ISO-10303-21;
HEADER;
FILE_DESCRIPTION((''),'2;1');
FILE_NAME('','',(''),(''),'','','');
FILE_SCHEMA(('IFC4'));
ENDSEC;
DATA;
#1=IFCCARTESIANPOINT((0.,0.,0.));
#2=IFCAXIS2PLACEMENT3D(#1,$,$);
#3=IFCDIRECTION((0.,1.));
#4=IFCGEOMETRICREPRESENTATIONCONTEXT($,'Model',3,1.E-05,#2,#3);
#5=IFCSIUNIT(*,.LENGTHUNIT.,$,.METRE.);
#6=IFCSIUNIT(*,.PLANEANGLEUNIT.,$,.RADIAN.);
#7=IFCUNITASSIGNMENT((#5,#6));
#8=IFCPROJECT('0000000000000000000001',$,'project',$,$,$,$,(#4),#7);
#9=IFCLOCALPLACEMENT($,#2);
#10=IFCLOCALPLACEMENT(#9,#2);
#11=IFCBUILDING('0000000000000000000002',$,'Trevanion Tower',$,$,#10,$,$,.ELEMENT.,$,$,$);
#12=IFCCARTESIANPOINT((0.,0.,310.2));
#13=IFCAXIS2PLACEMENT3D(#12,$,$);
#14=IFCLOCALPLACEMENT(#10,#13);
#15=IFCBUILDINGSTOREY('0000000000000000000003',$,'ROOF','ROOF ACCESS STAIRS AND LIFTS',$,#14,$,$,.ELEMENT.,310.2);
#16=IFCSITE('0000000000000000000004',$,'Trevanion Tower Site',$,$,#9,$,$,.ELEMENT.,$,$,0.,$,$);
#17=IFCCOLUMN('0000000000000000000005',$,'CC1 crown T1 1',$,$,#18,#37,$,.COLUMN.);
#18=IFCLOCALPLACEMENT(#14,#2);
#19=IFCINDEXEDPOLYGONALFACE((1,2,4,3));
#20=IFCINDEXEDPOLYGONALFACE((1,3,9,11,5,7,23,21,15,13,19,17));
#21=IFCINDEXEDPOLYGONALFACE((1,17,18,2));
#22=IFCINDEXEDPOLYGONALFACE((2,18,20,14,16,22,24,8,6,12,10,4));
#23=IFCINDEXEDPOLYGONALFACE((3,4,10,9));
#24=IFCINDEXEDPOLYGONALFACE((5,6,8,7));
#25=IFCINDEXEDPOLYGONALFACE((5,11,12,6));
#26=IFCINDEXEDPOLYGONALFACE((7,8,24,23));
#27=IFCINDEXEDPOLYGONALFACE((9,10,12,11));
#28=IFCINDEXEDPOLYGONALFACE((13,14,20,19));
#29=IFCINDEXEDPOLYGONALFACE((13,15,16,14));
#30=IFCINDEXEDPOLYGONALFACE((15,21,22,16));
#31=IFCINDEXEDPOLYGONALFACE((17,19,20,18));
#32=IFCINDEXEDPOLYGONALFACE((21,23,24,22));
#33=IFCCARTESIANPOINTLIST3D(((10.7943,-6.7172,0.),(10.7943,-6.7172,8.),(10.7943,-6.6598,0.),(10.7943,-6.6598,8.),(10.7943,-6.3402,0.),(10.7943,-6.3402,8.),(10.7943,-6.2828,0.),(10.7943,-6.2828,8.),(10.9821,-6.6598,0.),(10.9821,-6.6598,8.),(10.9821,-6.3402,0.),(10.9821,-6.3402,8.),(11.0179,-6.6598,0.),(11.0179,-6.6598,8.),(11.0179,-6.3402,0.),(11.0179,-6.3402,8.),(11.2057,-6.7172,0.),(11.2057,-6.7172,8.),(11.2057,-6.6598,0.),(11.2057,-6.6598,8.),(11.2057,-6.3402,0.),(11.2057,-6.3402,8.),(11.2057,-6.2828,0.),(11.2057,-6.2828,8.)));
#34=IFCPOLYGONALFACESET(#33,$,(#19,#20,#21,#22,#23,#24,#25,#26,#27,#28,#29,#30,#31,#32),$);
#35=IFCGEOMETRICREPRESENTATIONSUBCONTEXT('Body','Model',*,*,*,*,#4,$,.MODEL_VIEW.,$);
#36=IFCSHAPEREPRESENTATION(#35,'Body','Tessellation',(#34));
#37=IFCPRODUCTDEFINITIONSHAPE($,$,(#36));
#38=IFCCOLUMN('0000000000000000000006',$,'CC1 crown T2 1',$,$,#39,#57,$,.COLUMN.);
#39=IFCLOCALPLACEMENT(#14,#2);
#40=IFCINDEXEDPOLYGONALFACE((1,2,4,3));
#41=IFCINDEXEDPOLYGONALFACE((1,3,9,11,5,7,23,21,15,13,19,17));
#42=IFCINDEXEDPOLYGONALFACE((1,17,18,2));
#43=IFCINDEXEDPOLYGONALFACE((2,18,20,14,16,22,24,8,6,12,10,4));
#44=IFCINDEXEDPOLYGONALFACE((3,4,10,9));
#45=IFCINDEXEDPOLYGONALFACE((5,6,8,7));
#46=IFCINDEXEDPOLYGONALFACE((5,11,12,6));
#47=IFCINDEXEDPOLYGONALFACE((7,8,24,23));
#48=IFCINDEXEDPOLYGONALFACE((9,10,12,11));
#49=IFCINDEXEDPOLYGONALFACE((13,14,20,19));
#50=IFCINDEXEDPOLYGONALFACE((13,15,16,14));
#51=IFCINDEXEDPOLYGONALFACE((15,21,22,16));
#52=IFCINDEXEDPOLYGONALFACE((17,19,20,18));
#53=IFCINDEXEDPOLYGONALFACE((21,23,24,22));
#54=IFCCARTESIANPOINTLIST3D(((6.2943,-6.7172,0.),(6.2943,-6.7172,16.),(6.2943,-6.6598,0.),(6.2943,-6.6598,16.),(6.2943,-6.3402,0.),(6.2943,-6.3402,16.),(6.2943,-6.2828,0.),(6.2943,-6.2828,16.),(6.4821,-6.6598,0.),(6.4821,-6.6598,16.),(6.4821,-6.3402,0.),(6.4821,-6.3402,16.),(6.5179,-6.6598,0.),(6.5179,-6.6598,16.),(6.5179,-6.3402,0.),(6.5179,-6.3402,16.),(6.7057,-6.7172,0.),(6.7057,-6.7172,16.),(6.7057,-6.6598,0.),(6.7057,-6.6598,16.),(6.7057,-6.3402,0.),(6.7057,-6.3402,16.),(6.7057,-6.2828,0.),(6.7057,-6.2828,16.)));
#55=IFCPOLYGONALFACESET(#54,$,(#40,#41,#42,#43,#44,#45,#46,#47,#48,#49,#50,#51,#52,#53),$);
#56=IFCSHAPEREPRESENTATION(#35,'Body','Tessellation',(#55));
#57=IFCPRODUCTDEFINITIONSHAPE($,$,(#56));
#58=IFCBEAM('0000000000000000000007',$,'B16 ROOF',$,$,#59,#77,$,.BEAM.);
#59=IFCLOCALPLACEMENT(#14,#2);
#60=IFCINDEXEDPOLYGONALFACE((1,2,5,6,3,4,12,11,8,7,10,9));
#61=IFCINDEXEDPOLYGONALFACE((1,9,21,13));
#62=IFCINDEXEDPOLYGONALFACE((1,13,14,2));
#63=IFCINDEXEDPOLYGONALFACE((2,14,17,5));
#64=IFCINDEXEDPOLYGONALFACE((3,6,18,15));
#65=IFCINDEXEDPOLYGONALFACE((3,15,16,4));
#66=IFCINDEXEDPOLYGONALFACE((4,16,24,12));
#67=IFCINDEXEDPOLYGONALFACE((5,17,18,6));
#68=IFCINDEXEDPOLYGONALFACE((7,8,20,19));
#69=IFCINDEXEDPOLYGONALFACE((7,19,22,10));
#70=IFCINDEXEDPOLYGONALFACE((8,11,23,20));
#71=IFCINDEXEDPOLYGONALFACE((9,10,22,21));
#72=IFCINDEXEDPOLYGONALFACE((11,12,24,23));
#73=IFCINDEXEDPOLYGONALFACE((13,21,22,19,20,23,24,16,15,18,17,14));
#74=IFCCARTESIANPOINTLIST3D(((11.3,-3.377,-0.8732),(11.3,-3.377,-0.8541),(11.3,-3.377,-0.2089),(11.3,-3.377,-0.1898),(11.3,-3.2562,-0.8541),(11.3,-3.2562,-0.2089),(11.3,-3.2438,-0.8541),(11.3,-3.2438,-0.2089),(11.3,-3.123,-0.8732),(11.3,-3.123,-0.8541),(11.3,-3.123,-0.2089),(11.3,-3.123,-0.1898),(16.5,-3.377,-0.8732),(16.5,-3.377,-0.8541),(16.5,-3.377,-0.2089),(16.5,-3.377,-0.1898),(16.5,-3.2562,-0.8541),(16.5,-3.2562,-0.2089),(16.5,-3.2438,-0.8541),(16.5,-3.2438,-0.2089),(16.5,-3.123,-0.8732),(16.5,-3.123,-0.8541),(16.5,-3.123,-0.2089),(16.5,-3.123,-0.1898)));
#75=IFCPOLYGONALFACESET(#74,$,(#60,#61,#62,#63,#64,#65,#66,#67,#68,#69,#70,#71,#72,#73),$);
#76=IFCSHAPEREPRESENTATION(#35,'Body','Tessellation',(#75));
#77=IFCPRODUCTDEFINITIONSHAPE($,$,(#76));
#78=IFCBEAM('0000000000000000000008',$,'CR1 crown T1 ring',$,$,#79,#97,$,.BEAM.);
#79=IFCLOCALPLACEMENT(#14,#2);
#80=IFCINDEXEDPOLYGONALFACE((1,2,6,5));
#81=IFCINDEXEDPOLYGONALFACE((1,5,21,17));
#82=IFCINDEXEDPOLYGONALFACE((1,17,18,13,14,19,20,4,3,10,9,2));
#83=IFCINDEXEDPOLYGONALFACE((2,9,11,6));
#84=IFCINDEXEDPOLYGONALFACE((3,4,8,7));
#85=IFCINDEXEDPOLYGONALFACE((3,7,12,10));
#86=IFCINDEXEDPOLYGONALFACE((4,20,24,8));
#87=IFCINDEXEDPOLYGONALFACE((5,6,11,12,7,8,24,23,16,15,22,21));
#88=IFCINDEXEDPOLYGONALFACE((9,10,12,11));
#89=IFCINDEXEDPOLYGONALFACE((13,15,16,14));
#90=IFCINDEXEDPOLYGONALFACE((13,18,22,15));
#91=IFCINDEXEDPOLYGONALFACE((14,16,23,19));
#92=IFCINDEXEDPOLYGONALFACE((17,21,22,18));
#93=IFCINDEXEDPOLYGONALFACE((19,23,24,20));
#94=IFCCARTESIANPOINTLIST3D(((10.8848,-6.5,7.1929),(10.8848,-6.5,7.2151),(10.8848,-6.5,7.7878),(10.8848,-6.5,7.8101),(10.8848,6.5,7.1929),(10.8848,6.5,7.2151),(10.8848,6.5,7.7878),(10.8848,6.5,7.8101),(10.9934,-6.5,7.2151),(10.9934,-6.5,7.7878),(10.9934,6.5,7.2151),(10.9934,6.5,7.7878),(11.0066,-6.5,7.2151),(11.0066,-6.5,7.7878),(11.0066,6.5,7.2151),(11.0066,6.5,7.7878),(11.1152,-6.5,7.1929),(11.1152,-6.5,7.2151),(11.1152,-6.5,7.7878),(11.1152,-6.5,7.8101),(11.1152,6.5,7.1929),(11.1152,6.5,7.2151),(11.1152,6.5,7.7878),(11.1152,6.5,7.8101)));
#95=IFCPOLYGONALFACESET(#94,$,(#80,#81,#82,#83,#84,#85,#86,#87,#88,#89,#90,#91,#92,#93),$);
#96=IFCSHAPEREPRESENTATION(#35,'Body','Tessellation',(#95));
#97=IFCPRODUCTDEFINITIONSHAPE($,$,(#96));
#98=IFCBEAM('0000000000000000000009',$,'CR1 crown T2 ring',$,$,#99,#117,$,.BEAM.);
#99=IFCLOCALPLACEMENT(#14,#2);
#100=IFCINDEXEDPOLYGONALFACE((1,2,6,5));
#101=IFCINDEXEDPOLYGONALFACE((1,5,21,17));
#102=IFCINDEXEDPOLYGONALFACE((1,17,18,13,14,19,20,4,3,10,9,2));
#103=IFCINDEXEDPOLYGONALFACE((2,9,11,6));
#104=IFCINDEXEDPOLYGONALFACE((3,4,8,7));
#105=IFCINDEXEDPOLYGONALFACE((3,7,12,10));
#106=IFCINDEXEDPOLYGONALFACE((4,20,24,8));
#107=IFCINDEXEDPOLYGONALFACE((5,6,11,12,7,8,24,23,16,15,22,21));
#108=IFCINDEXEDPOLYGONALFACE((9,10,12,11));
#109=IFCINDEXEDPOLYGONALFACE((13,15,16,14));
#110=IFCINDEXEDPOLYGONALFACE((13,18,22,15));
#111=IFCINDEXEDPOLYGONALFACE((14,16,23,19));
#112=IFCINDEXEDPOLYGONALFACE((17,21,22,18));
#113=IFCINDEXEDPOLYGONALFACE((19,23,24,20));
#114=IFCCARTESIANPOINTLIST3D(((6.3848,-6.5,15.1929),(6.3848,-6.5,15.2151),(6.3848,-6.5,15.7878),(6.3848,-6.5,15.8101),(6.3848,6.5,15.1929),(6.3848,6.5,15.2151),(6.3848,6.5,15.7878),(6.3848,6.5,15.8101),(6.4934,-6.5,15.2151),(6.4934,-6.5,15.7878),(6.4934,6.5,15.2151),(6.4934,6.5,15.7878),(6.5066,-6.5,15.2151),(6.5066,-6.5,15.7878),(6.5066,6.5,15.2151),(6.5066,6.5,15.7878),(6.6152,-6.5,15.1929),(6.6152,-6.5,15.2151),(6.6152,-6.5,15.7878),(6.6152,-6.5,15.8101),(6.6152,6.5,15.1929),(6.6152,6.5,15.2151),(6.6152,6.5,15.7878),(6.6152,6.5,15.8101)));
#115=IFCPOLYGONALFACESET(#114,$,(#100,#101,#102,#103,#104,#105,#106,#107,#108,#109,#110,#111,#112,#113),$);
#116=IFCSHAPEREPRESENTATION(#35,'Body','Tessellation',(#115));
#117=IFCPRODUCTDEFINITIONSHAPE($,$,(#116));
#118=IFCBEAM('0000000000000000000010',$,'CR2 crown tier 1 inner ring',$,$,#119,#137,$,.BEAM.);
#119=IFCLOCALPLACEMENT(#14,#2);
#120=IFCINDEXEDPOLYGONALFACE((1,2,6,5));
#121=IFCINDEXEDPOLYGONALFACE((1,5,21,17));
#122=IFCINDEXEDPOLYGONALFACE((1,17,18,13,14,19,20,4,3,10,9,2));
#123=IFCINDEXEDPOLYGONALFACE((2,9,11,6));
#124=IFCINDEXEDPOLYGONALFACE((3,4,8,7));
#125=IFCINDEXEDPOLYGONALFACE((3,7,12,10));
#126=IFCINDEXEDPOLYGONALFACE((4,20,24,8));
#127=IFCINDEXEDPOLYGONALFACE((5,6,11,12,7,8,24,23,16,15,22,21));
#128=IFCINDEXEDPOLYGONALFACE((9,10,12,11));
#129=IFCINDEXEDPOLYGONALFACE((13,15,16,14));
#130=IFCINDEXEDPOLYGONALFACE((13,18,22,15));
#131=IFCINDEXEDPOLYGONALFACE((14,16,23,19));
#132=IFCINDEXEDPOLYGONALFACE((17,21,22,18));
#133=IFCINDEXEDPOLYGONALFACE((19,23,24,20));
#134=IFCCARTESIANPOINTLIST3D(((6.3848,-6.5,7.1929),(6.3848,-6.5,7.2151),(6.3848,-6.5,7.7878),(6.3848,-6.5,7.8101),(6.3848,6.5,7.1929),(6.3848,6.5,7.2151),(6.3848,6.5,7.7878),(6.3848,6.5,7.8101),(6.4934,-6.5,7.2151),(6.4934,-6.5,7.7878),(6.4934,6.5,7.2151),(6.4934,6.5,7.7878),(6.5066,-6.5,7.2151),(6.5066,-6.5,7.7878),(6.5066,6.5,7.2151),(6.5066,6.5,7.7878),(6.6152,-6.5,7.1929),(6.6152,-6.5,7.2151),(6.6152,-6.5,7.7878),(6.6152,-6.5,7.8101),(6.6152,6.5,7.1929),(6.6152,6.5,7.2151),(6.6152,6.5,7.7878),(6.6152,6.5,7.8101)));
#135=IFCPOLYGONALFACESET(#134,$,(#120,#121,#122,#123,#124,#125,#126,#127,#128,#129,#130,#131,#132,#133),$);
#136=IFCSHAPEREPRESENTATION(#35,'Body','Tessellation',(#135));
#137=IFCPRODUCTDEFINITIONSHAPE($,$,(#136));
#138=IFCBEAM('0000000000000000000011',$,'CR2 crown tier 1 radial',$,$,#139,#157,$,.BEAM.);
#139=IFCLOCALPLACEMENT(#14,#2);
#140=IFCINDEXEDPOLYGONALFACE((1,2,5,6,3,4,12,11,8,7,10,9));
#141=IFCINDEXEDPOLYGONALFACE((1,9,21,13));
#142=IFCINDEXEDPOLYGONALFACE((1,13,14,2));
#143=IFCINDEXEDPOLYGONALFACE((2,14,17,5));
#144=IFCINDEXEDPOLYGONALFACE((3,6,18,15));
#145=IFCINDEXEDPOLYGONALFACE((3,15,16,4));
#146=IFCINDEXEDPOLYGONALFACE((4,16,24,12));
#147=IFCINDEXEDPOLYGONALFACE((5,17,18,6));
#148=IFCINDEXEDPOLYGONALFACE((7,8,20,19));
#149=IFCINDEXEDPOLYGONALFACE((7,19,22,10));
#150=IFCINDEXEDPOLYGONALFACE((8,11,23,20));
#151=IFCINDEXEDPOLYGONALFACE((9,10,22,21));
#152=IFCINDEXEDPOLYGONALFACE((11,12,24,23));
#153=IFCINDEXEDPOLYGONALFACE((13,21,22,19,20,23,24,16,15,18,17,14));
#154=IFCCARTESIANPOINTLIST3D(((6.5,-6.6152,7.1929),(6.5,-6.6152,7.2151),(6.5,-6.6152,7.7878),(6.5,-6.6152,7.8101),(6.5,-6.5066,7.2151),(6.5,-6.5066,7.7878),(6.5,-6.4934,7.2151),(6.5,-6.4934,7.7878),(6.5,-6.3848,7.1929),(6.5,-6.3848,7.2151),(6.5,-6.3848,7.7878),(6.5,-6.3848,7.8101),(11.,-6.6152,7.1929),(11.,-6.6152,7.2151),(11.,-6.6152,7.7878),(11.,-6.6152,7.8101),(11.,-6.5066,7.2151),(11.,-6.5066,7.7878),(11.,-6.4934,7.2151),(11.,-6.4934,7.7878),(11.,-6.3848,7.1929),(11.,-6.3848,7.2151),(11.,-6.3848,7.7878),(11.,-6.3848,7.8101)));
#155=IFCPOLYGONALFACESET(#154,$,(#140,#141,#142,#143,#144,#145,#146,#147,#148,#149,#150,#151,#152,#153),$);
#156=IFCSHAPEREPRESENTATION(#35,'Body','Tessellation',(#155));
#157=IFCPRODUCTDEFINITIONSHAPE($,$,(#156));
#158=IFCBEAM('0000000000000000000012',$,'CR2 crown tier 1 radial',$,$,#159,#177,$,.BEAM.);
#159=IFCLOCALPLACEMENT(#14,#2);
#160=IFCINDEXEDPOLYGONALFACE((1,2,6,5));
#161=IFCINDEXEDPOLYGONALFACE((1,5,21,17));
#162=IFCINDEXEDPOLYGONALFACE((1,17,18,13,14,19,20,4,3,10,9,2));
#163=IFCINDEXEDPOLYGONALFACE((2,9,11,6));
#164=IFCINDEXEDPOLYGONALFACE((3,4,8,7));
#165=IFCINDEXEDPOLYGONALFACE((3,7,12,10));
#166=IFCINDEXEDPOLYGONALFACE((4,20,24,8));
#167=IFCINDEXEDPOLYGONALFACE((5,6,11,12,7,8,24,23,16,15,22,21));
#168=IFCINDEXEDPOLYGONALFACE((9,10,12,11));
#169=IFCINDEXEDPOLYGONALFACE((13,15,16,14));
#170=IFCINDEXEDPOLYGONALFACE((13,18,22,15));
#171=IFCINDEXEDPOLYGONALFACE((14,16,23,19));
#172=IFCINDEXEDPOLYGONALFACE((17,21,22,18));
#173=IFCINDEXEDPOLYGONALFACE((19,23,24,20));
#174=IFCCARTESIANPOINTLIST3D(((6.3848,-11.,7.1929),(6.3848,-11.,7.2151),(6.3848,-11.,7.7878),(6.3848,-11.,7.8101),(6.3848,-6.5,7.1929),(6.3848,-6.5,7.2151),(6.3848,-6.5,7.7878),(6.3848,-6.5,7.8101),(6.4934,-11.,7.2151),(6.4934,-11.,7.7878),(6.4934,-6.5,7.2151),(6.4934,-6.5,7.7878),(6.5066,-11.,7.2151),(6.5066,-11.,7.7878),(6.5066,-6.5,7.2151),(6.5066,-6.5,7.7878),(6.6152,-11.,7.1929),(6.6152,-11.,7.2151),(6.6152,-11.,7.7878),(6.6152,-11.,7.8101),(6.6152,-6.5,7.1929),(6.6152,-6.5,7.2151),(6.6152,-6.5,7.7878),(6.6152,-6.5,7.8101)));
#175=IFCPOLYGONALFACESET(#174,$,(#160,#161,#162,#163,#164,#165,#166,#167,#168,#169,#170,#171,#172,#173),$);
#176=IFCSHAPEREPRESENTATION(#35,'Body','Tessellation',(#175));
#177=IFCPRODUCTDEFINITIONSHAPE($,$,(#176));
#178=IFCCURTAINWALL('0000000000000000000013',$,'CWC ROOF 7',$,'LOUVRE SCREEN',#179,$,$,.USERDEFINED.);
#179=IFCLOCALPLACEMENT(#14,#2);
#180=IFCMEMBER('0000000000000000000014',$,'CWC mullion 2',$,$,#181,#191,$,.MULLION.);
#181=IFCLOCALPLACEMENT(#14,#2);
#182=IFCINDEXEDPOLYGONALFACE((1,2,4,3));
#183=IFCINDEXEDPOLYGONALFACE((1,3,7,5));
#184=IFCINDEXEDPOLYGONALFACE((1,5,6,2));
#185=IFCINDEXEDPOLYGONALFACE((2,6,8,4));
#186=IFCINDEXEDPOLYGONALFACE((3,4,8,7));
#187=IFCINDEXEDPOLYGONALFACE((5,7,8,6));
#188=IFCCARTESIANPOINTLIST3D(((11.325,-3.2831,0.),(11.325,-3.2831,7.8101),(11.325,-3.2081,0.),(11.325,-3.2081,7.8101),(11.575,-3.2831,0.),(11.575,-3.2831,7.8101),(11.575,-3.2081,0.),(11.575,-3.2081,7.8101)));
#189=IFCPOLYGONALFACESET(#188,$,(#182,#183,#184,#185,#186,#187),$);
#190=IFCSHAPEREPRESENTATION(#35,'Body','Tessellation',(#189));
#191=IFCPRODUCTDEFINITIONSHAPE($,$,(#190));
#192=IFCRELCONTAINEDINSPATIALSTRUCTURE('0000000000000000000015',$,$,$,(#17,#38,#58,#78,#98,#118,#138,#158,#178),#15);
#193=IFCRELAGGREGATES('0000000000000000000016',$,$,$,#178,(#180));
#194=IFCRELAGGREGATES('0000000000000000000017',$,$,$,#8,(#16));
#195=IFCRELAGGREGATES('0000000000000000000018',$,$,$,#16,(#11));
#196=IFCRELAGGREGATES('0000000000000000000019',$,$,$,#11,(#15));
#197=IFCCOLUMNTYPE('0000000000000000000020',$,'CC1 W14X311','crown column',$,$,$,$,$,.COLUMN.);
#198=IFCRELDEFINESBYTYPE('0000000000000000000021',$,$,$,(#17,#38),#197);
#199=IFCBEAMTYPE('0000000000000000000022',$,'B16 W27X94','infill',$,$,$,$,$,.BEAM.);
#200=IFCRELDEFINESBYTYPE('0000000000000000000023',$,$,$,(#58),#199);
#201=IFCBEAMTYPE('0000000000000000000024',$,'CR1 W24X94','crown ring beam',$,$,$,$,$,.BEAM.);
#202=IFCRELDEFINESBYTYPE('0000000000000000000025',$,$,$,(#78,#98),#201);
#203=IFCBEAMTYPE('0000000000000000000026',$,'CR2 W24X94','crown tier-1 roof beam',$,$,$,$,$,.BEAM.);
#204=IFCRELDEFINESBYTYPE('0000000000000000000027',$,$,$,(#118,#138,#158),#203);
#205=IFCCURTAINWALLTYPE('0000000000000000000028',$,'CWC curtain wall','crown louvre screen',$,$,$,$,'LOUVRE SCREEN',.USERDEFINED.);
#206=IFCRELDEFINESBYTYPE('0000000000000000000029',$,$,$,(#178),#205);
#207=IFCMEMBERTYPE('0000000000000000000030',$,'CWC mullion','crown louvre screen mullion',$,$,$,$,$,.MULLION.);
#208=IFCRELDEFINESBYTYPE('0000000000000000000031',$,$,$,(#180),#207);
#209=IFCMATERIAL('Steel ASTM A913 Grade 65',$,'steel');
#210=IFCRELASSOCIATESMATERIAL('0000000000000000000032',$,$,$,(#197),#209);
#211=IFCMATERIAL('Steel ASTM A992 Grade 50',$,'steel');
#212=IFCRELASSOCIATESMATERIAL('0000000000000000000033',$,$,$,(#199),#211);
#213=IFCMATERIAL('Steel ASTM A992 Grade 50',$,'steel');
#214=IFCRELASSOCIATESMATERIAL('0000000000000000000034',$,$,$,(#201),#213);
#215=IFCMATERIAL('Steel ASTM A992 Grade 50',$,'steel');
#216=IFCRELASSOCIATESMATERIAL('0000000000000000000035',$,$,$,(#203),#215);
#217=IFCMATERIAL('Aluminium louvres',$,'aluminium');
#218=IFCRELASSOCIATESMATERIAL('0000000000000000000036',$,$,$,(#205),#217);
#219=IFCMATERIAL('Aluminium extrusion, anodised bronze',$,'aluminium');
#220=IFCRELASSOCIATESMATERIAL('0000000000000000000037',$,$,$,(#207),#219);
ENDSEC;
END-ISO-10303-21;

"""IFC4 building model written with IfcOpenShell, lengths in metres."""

from ifc_helpers import new_model, si_unit, direction, frame, origin, origin_2d, place, context, subcontext, project, spatial, rectangle, i_section, extrude, material, material_profile, profile_set, type_object, element, aggregate, save


model = new_model("IFC4")

# Units and contexts
model_context = context("Model", 3, precision=1e-05, world=origin(), true_north=direction((0.0, 1.0)))
body_context = subcontext(model_context, "Body", "Model", "MODEL_VIEW")
ifc_project = project(units=[si_unit("LENGTHUNIT", "METRE"), si_unit("PLANEANGLEUNIT", "RADIAN")], contexts=[model_context])

# Site, building, storey
site_placement = place(None, origin())
site = spatial("IfcSite", under=ifc_project, at=site_placement, Name="Trevanion Tower Site", CompositionType="ELEMENT", RefElevation=0.0)
building_placement = place(site_placement, origin())
building = spatial("IfcBuilding", under=site, at=building_placement, Name="Trevanion Tower", CompositionType="ELEMENT")
storey_placement = place(building_placement, frame((0.0, 0.0, 310.2)))
storey = spatial("IfcBuildingStorey", under=building, at=storey_placement, Name="ROOF", Description="ROOF ACCESS STAIRS AND LIFTS", CompositionType="ELEMENT", Elevation=310.2)

# Columns
ifc_material_1 = material(Name="Steel ASTM A913 Grade 65", Category="steel")
ifc_material_profile_1 = material_profile(ifc_material_1, i_section(OverallWidth=0.4114, OverallDepth=0.4343, WebThickness=0.0359, FlangeThickness=0.0574, at=origin_2d()), Name="W14X311")
ifc_profile_set_1 = profile_set([ifc_material_profile_1], Name="Steel ASTM A913 Grade 65")
column_type = type_object("IfcColumnType", Name="CC1 W14X311", Description="crown column", PredefinedType="COLUMN", material=ifc_profile_set_1)
column_1_placement = place(storey_placement, frame((11.0, -6.5, 0.0), z_axis=(0.0, 0.0, 1.0), x_axis=(1.0, 0.0, 0.0)))
element("IfcColumn", 1, at=column_1_placement, inside=storey, type_object=column_type, Name="CC1 crown T1 1", PredefinedType="COLUMN", context=body_context, shape_type="SweptSolid", body=[
    extrude(i_section(OverallWidth=0.4114, OverallDepth=0.4343, WebThickness=0.0359, FlangeThickness=0.0574, at=origin_2d()), origin(), (0.0, 0.0, 1.0), 8.0),
])
column_2_placement = place(storey_placement, frame((6.5, -6.5, 0.0), z_axis=(0.0, 0.0, 1.0), x_axis=(1.0, 0.0, 0.0)))
element("IfcColumn", 2, at=column_2_placement, inside=storey, type_object=column_type, Name="CC1 crown T2 1", PredefinedType="COLUMN", context=body_context, shape_type="SweptSolid", body=[
    extrude(i_section(OverallWidth=0.4114, OverallDepth=0.4343, WebThickness=0.0359, FlangeThickness=0.0574, at=origin_2d()), origin(), (0.0, 0.0, 1.0), 16.0),
])

# Beams
ifc_material_2 = material(Name="Steel ASTM A992 Grade 50", Category="steel")
ifc_material_profile_2 = material_profile(ifc_material_2, i_section(OverallWidth=0.2539, OverallDepth=0.6833, WebThickness=0.0125, FlangeThickness=0.019, at=origin_2d()), Name="W27X94")
ifc_profile_set_2 = profile_set([ifc_material_profile_2], Name="Steel ASTM A992 Grade 50")
beam_type_1 = type_object("IfcBeamType", Name="B16 W27X94", Description="infill", PredefinedType="BEAM", material=ifc_profile_set_2)
beam_1_placement = place(storey_placement, frame((11.3, -3.25, -0.5315), z_axis=(1.0, 0.0, 0.0), x_axis=(0.0, 1.0, 0.0)))
element("IfcBeam", 3, at=beam_1_placement, inside=storey, type_object=beam_type_1, Name="B16 ROOF", PredefinedType="BEAM", context=body_context, shape_type="SweptSolid", body=[
    extrude(i_section(OverallWidth=0.2539, OverallDepth=0.6833, WebThickness=0.0125, FlangeThickness=0.019, at=origin_2d()), origin(), (0.0, 0.0, 1.0), 5.2),
])
ifc_material_3 = material(Name="Steel ASTM A992 Grade 50", Category="steel")
ifc_material_profile_3 = material_profile(ifc_material_3, i_section(OverallWidth=0.2305, OverallDepth=0.6172, WebThickness=0.0132, FlangeThickness=0.0222, at=origin_2d()), Name="W24X94")
ifc_profile_set_3 = profile_set([ifc_material_profile_3], Name="Steel ASTM A992 Grade 50")
beam_type_2 = type_object("IfcBeamType", Name="CR1 W24X94", Description="crown ring beam", PredefinedType="BEAM", material=ifc_profile_set_3)
for number, where, z_axis, x_axis, name in (
    (4, (11.0, -6.5, 7.5015), (0.0, 1.0, 0.0), (-1.0, 0.0, 0.0), "CR1 crown T1 ring"),
    (5, (6.5, -6.5, 15.5015), (0.0, 1.0, 0.0), (-1.0, 0.0, 0.0), "CR1 crown T2 ring"),
):
    element("IfcBeam", number, at=place(storey_placement, frame(where, z_axis=z_axis, x_axis=x_axis)), inside=storey, type_object=beam_type_2, Name=name, PredefinedType="BEAM", context=body_context, shape_type="SweptSolid", body=[
        extrude(i_section(OverallWidth=0.2305, OverallDepth=0.6172, WebThickness=0.0132, FlangeThickness=0.0222, at=origin_2d()), origin(), (0.0, 0.0, 1.0), 13.0),
    ])
ifc_material_4 = material(Name="Steel ASTM A992 Grade 50", Category="steel")
ifc_material_profile_4 = material_profile(ifc_material_4, i_section(OverallWidth=0.2305, OverallDepth=0.6172, WebThickness=0.0132, FlangeThickness=0.0222, at=origin_2d()), Name="W24X94")
ifc_profile_set_4 = profile_set([ifc_material_profile_4], Name="Steel ASTM A992 Grade 50")
beam_type_3 = type_object("IfcBeamType", Name="CR2 W24X94", Description="crown tier-1 roof beam", PredefinedType="BEAM", material=ifc_profile_set_4)
beam_2_placement = place(storey_placement, frame((6.5, -6.5, 7.5015), z_axis=(0.0, 1.0, 0.0), x_axis=(-1.0, 0.0, 0.0)))
element("IfcBeam", 6, at=beam_2_placement, inside=storey, type_object=beam_type_3, Name="CR2 crown tier 1 inner ring", PredefinedType="BEAM", context=body_context, shape_type="SweptSolid", body=[
    extrude(i_section(OverallWidth=0.2305, OverallDepth=0.6172, WebThickness=0.0132, FlangeThickness=0.0222, at=origin_2d()), origin(), (0.0, 0.0, 1.0), 13.0),
])
for number, where, z_axis, x_axis, name in (
    (7, (6.5, -6.5, 7.5015), (1.0, 0.0, 0.0), (0.0, 1.0, 0.0), "CR2 crown tier 1 radial"),
    (8, (6.5, -6.5, 7.5015), (0.0, -1.0, 0.0), (1.0, 0.0, 0.0), "CR2 crown tier 1 radial"),
):
    element("IfcBeam", number, at=place(storey_placement, frame(where, z_axis=z_axis, x_axis=x_axis)), inside=storey, type_object=beam_type_3, Name=name, PredefinedType="BEAM", context=body_context, shape_type="SweptSolid", body=[
        extrude(i_section(OverallWidth=0.2305, OverallDepth=0.6172, WebThickness=0.0132, FlangeThickness=0.0222, at=origin_2d()), origin(), (0.0, 0.0, 1.0), 4.5),
    ])

# Curtain wall, member
ifc_material_5 = material(Name="Aluminium louvres", Category="aluminium")
curtain_wall_type = type_object("IfcCurtainWallType", Name="CWC curtain wall", Description="crown louvre screen", ElementType="LOUVRE SCREEN", PredefinedType="USERDEFINED", material=ifc_material_5)
curtain_wall_1_placement = place(storey_placement, origin())
curtain_wall_1 = element("IfcCurtainWall", 9, at=curtain_wall_1_placement, inside=storey, type_object=curtain_wall_type, Name="CWC ROOF 7", ObjectType="LOUVRE SCREEN", PredefinedType="USERDEFINED")
ifc_material_6 = material(Name="Aluminium extrusion, anodised bronze", Category="aluminium")
ifc_material_profile_5 = material_profile(ifc_material_6, rectangle(XDim=0.075, YDim=0.25, at=origin_2d()), Name="CWC mullion")
ifc_profile_set_5 = profile_set([ifc_material_profile_5], Name="Aluminium extrusion, anodised bronze")
member_type_1 = type_object("IfcMemberType", Name="CWC mullion", Description="crown louvre screen mullion", PredefinedType="MULLION", material=ifc_profile_set_5)
member_1_placement = place(storey_placement, frame((11.45, -3.2456, 0.0), z_axis=(0.0, 0.0, 1.0), x_axis=(0.0, 1.0, 0.0)))
member_1 = element("IfcMember", 10, at=member_1_placement, type_object=member_type_1, Name="CWC mullion 2", PredefinedType="MULLION", context=body_context, shape_type="SweptSolid", body=[
    extrude(rectangle(XDim=0.075, YDim=0.25, at=origin_2d()), origin(), (0.0, 0.0, 1.0), 7.8101),
])

aggregate(curtain_wall_1, [member_1])

save(model, "model.ifc")
